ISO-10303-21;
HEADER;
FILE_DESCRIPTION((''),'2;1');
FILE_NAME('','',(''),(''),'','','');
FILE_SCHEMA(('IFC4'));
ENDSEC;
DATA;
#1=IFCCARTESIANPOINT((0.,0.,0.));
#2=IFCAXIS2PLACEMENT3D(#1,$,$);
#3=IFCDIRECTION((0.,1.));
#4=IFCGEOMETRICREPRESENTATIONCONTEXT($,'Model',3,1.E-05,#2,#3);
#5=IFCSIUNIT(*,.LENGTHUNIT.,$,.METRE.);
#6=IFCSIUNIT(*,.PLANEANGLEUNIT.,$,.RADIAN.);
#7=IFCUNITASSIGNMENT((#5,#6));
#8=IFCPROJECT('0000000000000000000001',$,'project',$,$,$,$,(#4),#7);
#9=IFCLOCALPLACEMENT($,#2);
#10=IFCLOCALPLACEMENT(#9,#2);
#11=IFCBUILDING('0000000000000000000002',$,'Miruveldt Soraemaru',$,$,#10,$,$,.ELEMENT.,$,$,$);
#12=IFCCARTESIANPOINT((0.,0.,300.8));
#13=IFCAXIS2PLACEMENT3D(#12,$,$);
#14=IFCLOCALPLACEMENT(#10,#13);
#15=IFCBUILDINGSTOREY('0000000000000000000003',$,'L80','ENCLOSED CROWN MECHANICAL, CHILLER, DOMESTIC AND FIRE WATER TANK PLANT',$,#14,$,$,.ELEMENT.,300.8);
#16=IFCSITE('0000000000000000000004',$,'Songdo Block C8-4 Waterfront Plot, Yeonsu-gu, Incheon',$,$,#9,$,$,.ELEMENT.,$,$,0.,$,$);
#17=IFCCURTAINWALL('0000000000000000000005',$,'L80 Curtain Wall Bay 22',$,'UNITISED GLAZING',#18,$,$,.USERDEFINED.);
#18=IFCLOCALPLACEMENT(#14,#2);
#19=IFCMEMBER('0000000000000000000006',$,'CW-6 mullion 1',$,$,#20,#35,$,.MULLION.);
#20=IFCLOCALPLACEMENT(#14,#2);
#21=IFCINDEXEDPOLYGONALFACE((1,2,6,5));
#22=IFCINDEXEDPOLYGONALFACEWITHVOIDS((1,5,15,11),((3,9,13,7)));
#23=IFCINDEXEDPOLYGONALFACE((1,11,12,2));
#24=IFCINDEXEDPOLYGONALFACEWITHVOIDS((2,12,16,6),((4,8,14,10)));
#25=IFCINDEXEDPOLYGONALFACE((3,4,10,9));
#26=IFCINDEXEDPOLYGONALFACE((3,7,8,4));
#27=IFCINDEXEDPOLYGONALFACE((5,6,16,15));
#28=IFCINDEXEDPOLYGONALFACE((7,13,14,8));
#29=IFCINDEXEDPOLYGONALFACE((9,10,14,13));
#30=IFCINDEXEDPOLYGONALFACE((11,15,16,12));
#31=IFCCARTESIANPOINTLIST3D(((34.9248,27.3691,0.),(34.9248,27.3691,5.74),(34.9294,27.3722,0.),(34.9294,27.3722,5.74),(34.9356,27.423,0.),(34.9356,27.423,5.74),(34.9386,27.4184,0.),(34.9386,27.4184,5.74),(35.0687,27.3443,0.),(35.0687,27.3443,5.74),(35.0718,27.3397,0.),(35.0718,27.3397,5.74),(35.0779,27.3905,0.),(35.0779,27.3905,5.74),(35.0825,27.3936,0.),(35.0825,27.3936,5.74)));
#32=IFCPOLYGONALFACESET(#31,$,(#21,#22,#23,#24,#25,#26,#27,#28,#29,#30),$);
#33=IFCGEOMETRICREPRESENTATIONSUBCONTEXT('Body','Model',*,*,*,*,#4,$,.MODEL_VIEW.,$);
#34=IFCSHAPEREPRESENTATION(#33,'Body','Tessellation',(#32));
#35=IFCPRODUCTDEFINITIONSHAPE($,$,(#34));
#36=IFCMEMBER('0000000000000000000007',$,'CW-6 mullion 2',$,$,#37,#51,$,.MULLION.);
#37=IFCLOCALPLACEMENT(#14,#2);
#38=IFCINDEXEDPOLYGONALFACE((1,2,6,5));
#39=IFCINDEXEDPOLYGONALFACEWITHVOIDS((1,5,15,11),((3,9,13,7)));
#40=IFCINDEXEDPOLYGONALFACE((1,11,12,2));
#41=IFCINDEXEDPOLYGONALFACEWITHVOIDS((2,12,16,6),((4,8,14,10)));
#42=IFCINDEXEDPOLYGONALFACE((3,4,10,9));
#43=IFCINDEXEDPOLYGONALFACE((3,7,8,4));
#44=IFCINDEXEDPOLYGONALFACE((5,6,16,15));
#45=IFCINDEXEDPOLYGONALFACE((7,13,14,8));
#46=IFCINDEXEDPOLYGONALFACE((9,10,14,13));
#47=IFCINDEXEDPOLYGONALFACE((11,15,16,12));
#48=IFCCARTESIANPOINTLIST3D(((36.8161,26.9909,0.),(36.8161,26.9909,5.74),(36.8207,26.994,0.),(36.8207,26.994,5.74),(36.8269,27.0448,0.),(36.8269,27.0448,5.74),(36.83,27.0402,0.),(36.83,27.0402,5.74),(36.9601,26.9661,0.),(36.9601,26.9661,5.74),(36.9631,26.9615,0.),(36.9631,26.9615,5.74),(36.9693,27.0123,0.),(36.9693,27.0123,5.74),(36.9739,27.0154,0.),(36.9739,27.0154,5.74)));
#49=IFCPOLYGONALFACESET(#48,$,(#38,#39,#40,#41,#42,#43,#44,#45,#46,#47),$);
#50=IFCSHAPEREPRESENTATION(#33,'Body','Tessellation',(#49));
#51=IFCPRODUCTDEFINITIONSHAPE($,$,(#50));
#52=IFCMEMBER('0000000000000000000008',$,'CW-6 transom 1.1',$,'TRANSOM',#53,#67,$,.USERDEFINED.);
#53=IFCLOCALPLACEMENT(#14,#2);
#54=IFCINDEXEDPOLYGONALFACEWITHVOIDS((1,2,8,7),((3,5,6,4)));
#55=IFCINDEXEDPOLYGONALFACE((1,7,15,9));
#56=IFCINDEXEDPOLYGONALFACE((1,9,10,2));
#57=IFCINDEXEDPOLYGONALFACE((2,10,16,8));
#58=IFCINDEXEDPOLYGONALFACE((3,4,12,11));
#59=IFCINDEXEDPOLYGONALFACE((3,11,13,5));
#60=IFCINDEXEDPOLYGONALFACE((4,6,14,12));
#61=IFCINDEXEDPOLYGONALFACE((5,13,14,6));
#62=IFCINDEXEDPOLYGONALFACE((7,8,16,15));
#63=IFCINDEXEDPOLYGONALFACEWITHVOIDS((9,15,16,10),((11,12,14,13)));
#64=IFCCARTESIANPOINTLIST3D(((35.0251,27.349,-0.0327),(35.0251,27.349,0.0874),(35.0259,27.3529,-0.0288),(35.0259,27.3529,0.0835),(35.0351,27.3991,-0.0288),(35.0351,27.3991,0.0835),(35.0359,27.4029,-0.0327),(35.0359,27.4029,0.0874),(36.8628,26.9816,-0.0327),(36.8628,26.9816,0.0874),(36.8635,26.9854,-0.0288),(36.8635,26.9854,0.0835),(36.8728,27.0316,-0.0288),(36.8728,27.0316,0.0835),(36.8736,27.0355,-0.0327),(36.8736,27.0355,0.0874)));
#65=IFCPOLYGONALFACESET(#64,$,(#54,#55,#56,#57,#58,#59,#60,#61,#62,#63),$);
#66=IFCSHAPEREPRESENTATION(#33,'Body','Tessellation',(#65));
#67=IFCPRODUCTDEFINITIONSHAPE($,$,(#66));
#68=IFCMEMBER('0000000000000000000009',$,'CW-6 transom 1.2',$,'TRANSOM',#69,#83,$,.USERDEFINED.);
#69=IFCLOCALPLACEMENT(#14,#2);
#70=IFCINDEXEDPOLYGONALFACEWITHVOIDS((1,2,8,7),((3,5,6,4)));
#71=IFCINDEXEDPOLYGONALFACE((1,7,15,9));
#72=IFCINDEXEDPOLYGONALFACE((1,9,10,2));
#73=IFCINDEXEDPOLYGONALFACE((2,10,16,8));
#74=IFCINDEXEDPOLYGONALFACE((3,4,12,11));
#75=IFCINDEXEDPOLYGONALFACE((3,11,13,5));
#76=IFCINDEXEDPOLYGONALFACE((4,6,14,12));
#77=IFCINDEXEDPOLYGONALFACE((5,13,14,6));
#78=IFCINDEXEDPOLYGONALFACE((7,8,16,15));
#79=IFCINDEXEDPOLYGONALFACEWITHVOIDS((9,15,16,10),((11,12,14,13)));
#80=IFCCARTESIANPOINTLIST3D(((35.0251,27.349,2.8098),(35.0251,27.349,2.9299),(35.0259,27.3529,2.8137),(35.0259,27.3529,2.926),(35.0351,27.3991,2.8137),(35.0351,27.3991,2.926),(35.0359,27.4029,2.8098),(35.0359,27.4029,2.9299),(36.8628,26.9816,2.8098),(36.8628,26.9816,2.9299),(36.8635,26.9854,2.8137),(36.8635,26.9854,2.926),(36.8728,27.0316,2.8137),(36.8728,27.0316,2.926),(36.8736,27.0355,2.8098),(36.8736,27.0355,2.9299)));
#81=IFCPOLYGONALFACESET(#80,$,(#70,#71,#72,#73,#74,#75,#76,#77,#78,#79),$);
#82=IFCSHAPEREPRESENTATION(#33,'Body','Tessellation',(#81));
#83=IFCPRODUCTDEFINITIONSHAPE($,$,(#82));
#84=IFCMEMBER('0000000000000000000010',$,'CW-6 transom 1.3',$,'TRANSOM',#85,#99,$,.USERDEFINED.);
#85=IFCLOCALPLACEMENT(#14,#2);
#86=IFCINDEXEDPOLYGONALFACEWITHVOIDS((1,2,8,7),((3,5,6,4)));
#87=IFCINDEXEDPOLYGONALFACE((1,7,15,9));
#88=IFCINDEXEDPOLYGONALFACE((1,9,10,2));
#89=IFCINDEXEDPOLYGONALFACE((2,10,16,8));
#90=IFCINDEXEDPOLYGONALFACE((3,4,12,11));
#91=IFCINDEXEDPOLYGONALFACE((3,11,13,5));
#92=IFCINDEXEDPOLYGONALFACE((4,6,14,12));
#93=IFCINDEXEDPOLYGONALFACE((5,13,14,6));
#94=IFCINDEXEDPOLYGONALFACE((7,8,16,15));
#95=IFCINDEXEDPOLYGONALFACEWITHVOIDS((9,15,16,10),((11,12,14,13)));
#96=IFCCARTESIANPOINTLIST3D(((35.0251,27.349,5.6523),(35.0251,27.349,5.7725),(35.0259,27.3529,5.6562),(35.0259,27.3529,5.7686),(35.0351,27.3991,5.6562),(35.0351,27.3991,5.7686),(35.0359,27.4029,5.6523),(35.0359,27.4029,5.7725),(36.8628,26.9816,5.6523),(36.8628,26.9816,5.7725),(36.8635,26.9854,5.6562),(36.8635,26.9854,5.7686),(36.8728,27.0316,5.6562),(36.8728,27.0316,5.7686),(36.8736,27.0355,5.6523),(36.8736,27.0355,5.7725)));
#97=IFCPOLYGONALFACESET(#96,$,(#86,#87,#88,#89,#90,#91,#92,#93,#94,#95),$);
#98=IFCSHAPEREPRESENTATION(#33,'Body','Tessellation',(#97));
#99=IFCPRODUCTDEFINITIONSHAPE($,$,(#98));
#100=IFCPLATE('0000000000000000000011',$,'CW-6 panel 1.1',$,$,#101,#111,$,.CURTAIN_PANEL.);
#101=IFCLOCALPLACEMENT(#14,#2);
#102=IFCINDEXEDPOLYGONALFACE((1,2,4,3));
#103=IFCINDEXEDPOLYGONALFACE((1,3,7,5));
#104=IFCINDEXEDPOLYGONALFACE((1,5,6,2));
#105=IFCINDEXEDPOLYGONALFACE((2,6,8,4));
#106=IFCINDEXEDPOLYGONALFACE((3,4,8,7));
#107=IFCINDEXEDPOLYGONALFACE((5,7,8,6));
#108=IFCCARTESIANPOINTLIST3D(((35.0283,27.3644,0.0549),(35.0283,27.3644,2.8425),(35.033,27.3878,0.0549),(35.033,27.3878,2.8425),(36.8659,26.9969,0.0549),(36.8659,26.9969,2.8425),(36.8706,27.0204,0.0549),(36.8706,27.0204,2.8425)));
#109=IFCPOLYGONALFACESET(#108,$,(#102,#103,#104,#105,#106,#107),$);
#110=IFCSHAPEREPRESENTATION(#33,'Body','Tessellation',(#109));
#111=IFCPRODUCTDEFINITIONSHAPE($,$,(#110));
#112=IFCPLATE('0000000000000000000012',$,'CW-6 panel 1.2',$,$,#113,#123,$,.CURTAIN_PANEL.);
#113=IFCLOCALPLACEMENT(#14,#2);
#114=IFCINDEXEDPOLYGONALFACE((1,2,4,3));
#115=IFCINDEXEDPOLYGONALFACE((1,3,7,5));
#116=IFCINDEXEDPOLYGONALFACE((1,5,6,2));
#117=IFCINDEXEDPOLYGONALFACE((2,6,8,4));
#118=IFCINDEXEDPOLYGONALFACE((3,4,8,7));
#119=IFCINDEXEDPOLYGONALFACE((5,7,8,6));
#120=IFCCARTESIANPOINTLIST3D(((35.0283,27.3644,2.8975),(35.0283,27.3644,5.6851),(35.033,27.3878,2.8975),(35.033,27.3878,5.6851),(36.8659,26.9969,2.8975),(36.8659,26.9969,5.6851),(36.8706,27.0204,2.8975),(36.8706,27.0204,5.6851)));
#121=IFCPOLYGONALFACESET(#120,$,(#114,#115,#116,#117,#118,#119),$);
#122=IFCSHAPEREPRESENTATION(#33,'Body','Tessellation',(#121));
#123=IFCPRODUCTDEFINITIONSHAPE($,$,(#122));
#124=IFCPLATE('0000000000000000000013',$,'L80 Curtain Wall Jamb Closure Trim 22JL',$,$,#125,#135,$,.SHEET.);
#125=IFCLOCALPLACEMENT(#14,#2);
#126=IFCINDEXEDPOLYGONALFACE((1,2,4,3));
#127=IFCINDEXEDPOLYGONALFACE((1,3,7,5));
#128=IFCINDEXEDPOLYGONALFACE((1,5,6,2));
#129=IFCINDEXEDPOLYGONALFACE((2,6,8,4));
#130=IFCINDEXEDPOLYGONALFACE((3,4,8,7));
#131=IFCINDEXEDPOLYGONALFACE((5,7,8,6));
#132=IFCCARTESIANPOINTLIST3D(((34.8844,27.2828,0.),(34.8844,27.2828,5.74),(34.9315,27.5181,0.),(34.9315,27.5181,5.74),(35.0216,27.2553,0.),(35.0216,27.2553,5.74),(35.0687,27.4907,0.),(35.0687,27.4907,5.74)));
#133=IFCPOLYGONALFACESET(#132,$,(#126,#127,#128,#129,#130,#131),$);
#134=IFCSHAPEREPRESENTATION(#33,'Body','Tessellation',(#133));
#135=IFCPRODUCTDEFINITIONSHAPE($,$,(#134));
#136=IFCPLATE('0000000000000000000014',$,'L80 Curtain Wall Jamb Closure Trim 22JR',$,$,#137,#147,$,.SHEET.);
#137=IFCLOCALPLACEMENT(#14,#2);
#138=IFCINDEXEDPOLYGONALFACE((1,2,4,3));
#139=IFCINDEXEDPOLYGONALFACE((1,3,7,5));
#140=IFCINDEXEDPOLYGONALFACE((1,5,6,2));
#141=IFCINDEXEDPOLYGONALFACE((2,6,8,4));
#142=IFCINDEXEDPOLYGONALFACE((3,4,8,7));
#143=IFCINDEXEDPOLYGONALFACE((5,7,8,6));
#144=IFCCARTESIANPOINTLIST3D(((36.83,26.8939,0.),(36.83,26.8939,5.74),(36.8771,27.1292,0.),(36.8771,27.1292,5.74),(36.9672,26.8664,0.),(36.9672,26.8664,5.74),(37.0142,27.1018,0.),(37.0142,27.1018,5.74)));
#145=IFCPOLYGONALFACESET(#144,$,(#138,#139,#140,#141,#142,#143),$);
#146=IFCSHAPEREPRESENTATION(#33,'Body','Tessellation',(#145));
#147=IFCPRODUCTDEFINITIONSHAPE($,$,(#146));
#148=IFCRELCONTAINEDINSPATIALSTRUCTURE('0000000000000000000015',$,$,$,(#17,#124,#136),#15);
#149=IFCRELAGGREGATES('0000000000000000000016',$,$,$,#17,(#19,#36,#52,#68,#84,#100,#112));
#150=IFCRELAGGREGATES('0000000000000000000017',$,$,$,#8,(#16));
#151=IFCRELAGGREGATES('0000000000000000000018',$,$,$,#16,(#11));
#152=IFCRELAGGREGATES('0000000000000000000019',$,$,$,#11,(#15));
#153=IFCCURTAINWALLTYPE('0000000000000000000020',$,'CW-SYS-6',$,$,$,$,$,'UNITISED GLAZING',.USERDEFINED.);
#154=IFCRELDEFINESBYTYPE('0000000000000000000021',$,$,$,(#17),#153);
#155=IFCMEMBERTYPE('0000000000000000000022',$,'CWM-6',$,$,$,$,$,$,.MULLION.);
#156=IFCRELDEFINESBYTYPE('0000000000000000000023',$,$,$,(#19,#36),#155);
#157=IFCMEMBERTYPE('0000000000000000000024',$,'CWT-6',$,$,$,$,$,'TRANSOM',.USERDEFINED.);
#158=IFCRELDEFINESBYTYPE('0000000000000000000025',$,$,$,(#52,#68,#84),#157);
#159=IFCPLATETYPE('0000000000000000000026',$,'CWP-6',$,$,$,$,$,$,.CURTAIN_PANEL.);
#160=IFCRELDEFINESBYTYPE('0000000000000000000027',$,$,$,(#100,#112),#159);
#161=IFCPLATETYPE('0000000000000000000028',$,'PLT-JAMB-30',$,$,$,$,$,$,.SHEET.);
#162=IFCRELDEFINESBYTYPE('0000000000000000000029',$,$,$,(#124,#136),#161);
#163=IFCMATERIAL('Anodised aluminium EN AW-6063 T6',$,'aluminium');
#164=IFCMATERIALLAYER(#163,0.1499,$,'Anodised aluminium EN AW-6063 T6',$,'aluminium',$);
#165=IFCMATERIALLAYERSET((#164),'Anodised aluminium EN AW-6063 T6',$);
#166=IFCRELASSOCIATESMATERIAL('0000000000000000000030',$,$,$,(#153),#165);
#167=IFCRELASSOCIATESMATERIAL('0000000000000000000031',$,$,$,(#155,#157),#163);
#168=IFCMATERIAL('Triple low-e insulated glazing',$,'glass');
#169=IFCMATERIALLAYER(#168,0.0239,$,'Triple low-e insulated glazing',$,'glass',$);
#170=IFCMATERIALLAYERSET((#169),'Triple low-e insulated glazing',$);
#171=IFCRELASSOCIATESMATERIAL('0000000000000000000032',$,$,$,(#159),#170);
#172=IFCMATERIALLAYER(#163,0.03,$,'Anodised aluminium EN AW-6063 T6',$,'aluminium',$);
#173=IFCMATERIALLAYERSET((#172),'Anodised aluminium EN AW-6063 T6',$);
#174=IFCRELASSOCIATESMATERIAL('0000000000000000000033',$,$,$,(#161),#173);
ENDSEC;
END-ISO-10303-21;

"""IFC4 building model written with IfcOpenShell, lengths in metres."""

from ifc_helpers import new_model, si_unit, direction, frame, origin, origin_2d, place, context, subcontext, project, spatial, rectangle, hollow_rectangle, extrude, material, layer, layer_set, material_profile, profile_set, type_object, element, aggregate, save


model = new_model("IFC4")

# Units and contexts
model_context = context("Model", 3, precision=1e-05, world=origin(), true_north=direction((0.0, 1.0)))
body_context = subcontext(model_context, "Body", "Model", "MODEL_VIEW")
ifc_project = project(units=[si_unit("LENGTHUNIT", "METRE"), si_unit("PLANEANGLEUNIT", "RADIAN")], contexts=[model_context])

# Site, building, storey
site_placement = place(None, origin())
site = spatial("IfcSite", under=ifc_project, at=site_placement, Name="Songdo Block C8-4 Waterfront Plot, Yeonsu-gu, Incheon", CompositionType="ELEMENT", RefElevation=0.0)
building_placement = place(site_placement, origin())
building = spatial("IfcBuilding", under=site, at=building_placement, Name="Miruveldt Soraemaru", CompositionType="ELEMENT")
storey_placement = place(building_placement, frame((0.0, 0.0, 300.8)))
storey = spatial("IfcBuildingStorey", under=building, at=storey_placement, Name="L80", Description="ENCLOSED CROWN MECHANICAL, CHILLER, DOMESTIC AND FIRE WATER TANK PLANT", CompositionType="ELEMENT", Elevation=300.8)

# Curtain wall, members, plates
ifc_material_1 = material(Name="Anodised aluminium EN AW-6063 T6", Category="aluminium")
ifc_layer_1 = layer(ifc_material_1, 0.1499, Name="Anodised aluminium EN AW-6063 T6", Category="aluminium")
ifc_layer_set_1 = layer_set([ifc_layer_1], Name="Anodised aluminium EN AW-6063 T6")
curtain_wall_type = type_object("IfcCurtainWallType", Name="CW-SYS-6", ElementType="UNITISED GLAZING", PredefinedType="USERDEFINED", material=ifc_layer_set_1)
curtain_wall_placement = place(storey_placement, origin())
curtain_wall = element("IfcCurtainWall", 1, at=curtain_wall_placement, inside=storey, type_object=curtain_wall_type, Name="L80 Curtain Wall Bay 22", ObjectType="UNITISED GLAZING", PredefinedType="USERDEFINED")
ifc_material_profile_1 = material_profile(ifc_material_1, hollow_rectangle(XDim=0.0549, YDim=0.1499, WallThickness=0.0039, at=origin_2d()), Name="Anodised aluminium EN AW-6063 T6", Category="aluminium")
ifc_profile_set_1 = profile_set([ifc_material_profile_1], Name="Anodised aluminium EN AW-6063 T6")
member_type_1 = type_object("IfcMemberType", Name="CWM-6", PredefinedType="MULLION", material=ifc_profile_set_1)
member_1_placement = place(storey_placement, frame((35.0037, 27.3813, 0.0), z_axis=(0.0, 0.0, 1.0), x_axis=(0.196068, 0.98059, 0.0)))
member_1 = element("IfcMember", 2, at=member_1_placement, type_object=member_type_1, Name="CW-6 mullion 1", PredefinedType="MULLION", context=body_context, shape_type="SweptSolid", body=[
    extrude(hollow_rectangle(XDim=0.0549, YDim=0.1499, WallThickness=0.0039, at=origin_2d()), origin(), (0.0, 0.0, 1.0), 5.74),
])
member_2_placement = place(storey_placement, frame((36.895, 27.0032, 0.0), z_axis=(0.0, 0.0, 1.0), x_axis=(0.196068, 0.98059, 0.0)))
member_2 = element("IfcMember", 3, at=member_2_placement, type_object=member_type_1, Name="CW-6 mullion 2", PredefinedType="MULLION", context=body_context, shape_type="SweptSolid", body=[
    extrude(hollow_rectangle(XDim=0.0549, YDim=0.1499, WallThickness=0.0039, at=origin_2d()), origin(), (0.0, 0.0, 1.0), 5.74),
])
ifc_material_profile_2 = material_profile(ifc_material_1, hollow_rectangle(XDim=0.0549, YDim=0.1201, WallThickness=0.0039, at=origin_2d()), Name="Anodised aluminium EN AW-6063 T6", Category="aluminium")
ifc_profile_set_2 = profile_set([ifc_material_profile_2], Name="Anodised aluminium EN AW-6063 T6")
member_type_2 = type_object("IfcMemberType", Name="CWT-6", ElementType="TRANSOM", PredefinedType="USERDEFINED", material=ifc_profile_set_2)
member_3_placement = place(storey_placement, frame((35.0305, 27.376, 0.0273), z_axis=(0.980591, -0.196066, 0.0), x_axis=(0.196066, 0.980591, 0.0)))
member_3 = element("IfcMember", 4, at=member_3_placement, type_object=member_type_2, Name="CW-6 transom 1.1", ObjectType="TRANSOM", PredefinedType="USERDEFINED", context=body_context, shape_type="SweptSolid", body=[
    extrude(hollow_rectangle(XDim=0.0549, YDim=0.1201, WallThickness=0.0039, at=origin_2d()), origin(), (0.0, 0.0, 1.0), 1.874),
])
member_4_placement = place(storey_placement, frame((35.0305, 27.376, 2.8699), z_axis=(0.980591, -0.196066, 0.0), x_axis=(0.196066, 0.980591, 0.0)))
member_4 = element("IfcMember", 5, at=member_4_placement, type_object=member_type_2, Name="CW-6 transom 1.2", ObjectType="TRANSOM", PredefinedType="USERDEFINED", context=body_context, shape_type="SweptSolid", body=[
    extrude(hollow_rectangle(XDim=0.0549, YDim=0.1201, WallThickness=0.0039, at=origin_2d()), origin(), (0.0, 0.0, 1.0), 1.874),
])
member_5_placement = place(storey_placement, frame((35.0305, 27.376, 5.7124), z_axis=(0.980591, -0.196066, 0.0), x_axis=(0.196066, 0.980591, 0.0)))
member_5 = element("IfcMember", 6, at=member_5_placement, type_object=member_type_2, Name="CW-6 transom 1.3", ObjectType="TRANSOM", PredefinedType="USERDEFINED", context=body_context, shape_type="SweptSolid", body=[
    extrude(hollow_rectangle(XDim=0.0549, YDim=0.1201, WallThickness=0.0039, at=origin_2d()), origin(), (0.0, 0.0, 1.0), 1.874),
])
ifc_material_2 = material(Name="Triple low-e insulated glazing", Category="glass")
ifc_layer_2 = layer(ifc_material_2, 0.0239, Name="Triple low-e insulated glazing", Category="glass")
ifc_layer_set_2 = layer_set([ifc_layer_2], Name="Triple low-e insulated glazing")
plate_type_1 = type_object("IfcPlateType", Name="CWP-6", PredefinedType="CURTAIN_PANEL", material=ifc_layer_set_2)
plate_1_placement = place(storey_placement, frame((35.9495, 27.1924, 0.0549), z_axis=(0.0, 0.0, 1.0), x_axis=(0.98059, -0.196068, 0.0)))
plate_1 = element("IfcPlate", 7, at=plate_1_placement, type_object=plate_type_1, Name="CW-6 panel 1.1", PredefinedType="CURTAIN_PANEL", context=body_context, shape_type="SweptSolid", body=[
    extrude(rectangle(XDim=1.874, YDim=0.0239, at=origin_2d()), origin(), (0.0, 0.0, 1.0), 2.7876),
])
plate_2_placement = place(storey_placement, frame((35.9495, 27.1924, 2.8975), z_axis=(0.0, 0.0, 1.0), x_axis=(0.98059, -0.196068, 0.0)))
plate_2 = element("IfcPlate", 8, at=plate_2_placement, type_object=plate_type_1, Name="CW-6 panel 1.2", PredefinedType="CURTAIN_PANEL", context=body_context, shape_type="SweptSolid", body=[
    extrude(rectangle(XDim=1.874, YDim=0.0239, at=origin_2d()), origin(), (0.0, 0.0, 1.0), 2.7876),
])
aggregate(curtain_wall, [member_1, member_2, member_3, member_4, member_5, plate_1, plate_2])

# Plates
ifc_layer_3 = layer(ifc_material_1, 0.03, Name="Anodised aluminium EN AW-6063 T6", Category="aluminium")
ifc_layer_set_3 = layer_set([ifc_layer_3], Name="Anodised aluminium EN AW-6063 T6")
plate_type_2 = type_object("IfcPlateType", Name="PLT-JAMB-30", PredefinedType="SHEET", material=ifc_layer_set_3)
for number, where, z_axis, x_axis, name in (
    (9, (34.9766, 27.3867, 0.0), (0.0, 0.0, 1.0), (0.980584, -0.1961, 0.0), "L80 Curtain Wall Jamb Closure Trim 22JL"),
    (10, (36.9221, 26.9978, 0.0), (0.0, 0.0, 1.0), (0.980584, -0.1961, 0.0), "L80 Curtain Wall Jamb Closure Trim 22JR"),
):
    element("IfcPlate", number, at=place(storey_placement, frame(where, z_axis=z_axis, x_axis=x_axis)), inside=storey, type_object=plate_type_2, Name=name, PredefinedType="SHEET", context=body_context, shape_type="SweptSolid", body=[
        extrude(rectangle(XDim=0.1399, YDim=0.24, at=origin_2d()), origin(), (0.0, 0.0, 1.0), 5.74),
    ])

save(model, "model.ifc")
